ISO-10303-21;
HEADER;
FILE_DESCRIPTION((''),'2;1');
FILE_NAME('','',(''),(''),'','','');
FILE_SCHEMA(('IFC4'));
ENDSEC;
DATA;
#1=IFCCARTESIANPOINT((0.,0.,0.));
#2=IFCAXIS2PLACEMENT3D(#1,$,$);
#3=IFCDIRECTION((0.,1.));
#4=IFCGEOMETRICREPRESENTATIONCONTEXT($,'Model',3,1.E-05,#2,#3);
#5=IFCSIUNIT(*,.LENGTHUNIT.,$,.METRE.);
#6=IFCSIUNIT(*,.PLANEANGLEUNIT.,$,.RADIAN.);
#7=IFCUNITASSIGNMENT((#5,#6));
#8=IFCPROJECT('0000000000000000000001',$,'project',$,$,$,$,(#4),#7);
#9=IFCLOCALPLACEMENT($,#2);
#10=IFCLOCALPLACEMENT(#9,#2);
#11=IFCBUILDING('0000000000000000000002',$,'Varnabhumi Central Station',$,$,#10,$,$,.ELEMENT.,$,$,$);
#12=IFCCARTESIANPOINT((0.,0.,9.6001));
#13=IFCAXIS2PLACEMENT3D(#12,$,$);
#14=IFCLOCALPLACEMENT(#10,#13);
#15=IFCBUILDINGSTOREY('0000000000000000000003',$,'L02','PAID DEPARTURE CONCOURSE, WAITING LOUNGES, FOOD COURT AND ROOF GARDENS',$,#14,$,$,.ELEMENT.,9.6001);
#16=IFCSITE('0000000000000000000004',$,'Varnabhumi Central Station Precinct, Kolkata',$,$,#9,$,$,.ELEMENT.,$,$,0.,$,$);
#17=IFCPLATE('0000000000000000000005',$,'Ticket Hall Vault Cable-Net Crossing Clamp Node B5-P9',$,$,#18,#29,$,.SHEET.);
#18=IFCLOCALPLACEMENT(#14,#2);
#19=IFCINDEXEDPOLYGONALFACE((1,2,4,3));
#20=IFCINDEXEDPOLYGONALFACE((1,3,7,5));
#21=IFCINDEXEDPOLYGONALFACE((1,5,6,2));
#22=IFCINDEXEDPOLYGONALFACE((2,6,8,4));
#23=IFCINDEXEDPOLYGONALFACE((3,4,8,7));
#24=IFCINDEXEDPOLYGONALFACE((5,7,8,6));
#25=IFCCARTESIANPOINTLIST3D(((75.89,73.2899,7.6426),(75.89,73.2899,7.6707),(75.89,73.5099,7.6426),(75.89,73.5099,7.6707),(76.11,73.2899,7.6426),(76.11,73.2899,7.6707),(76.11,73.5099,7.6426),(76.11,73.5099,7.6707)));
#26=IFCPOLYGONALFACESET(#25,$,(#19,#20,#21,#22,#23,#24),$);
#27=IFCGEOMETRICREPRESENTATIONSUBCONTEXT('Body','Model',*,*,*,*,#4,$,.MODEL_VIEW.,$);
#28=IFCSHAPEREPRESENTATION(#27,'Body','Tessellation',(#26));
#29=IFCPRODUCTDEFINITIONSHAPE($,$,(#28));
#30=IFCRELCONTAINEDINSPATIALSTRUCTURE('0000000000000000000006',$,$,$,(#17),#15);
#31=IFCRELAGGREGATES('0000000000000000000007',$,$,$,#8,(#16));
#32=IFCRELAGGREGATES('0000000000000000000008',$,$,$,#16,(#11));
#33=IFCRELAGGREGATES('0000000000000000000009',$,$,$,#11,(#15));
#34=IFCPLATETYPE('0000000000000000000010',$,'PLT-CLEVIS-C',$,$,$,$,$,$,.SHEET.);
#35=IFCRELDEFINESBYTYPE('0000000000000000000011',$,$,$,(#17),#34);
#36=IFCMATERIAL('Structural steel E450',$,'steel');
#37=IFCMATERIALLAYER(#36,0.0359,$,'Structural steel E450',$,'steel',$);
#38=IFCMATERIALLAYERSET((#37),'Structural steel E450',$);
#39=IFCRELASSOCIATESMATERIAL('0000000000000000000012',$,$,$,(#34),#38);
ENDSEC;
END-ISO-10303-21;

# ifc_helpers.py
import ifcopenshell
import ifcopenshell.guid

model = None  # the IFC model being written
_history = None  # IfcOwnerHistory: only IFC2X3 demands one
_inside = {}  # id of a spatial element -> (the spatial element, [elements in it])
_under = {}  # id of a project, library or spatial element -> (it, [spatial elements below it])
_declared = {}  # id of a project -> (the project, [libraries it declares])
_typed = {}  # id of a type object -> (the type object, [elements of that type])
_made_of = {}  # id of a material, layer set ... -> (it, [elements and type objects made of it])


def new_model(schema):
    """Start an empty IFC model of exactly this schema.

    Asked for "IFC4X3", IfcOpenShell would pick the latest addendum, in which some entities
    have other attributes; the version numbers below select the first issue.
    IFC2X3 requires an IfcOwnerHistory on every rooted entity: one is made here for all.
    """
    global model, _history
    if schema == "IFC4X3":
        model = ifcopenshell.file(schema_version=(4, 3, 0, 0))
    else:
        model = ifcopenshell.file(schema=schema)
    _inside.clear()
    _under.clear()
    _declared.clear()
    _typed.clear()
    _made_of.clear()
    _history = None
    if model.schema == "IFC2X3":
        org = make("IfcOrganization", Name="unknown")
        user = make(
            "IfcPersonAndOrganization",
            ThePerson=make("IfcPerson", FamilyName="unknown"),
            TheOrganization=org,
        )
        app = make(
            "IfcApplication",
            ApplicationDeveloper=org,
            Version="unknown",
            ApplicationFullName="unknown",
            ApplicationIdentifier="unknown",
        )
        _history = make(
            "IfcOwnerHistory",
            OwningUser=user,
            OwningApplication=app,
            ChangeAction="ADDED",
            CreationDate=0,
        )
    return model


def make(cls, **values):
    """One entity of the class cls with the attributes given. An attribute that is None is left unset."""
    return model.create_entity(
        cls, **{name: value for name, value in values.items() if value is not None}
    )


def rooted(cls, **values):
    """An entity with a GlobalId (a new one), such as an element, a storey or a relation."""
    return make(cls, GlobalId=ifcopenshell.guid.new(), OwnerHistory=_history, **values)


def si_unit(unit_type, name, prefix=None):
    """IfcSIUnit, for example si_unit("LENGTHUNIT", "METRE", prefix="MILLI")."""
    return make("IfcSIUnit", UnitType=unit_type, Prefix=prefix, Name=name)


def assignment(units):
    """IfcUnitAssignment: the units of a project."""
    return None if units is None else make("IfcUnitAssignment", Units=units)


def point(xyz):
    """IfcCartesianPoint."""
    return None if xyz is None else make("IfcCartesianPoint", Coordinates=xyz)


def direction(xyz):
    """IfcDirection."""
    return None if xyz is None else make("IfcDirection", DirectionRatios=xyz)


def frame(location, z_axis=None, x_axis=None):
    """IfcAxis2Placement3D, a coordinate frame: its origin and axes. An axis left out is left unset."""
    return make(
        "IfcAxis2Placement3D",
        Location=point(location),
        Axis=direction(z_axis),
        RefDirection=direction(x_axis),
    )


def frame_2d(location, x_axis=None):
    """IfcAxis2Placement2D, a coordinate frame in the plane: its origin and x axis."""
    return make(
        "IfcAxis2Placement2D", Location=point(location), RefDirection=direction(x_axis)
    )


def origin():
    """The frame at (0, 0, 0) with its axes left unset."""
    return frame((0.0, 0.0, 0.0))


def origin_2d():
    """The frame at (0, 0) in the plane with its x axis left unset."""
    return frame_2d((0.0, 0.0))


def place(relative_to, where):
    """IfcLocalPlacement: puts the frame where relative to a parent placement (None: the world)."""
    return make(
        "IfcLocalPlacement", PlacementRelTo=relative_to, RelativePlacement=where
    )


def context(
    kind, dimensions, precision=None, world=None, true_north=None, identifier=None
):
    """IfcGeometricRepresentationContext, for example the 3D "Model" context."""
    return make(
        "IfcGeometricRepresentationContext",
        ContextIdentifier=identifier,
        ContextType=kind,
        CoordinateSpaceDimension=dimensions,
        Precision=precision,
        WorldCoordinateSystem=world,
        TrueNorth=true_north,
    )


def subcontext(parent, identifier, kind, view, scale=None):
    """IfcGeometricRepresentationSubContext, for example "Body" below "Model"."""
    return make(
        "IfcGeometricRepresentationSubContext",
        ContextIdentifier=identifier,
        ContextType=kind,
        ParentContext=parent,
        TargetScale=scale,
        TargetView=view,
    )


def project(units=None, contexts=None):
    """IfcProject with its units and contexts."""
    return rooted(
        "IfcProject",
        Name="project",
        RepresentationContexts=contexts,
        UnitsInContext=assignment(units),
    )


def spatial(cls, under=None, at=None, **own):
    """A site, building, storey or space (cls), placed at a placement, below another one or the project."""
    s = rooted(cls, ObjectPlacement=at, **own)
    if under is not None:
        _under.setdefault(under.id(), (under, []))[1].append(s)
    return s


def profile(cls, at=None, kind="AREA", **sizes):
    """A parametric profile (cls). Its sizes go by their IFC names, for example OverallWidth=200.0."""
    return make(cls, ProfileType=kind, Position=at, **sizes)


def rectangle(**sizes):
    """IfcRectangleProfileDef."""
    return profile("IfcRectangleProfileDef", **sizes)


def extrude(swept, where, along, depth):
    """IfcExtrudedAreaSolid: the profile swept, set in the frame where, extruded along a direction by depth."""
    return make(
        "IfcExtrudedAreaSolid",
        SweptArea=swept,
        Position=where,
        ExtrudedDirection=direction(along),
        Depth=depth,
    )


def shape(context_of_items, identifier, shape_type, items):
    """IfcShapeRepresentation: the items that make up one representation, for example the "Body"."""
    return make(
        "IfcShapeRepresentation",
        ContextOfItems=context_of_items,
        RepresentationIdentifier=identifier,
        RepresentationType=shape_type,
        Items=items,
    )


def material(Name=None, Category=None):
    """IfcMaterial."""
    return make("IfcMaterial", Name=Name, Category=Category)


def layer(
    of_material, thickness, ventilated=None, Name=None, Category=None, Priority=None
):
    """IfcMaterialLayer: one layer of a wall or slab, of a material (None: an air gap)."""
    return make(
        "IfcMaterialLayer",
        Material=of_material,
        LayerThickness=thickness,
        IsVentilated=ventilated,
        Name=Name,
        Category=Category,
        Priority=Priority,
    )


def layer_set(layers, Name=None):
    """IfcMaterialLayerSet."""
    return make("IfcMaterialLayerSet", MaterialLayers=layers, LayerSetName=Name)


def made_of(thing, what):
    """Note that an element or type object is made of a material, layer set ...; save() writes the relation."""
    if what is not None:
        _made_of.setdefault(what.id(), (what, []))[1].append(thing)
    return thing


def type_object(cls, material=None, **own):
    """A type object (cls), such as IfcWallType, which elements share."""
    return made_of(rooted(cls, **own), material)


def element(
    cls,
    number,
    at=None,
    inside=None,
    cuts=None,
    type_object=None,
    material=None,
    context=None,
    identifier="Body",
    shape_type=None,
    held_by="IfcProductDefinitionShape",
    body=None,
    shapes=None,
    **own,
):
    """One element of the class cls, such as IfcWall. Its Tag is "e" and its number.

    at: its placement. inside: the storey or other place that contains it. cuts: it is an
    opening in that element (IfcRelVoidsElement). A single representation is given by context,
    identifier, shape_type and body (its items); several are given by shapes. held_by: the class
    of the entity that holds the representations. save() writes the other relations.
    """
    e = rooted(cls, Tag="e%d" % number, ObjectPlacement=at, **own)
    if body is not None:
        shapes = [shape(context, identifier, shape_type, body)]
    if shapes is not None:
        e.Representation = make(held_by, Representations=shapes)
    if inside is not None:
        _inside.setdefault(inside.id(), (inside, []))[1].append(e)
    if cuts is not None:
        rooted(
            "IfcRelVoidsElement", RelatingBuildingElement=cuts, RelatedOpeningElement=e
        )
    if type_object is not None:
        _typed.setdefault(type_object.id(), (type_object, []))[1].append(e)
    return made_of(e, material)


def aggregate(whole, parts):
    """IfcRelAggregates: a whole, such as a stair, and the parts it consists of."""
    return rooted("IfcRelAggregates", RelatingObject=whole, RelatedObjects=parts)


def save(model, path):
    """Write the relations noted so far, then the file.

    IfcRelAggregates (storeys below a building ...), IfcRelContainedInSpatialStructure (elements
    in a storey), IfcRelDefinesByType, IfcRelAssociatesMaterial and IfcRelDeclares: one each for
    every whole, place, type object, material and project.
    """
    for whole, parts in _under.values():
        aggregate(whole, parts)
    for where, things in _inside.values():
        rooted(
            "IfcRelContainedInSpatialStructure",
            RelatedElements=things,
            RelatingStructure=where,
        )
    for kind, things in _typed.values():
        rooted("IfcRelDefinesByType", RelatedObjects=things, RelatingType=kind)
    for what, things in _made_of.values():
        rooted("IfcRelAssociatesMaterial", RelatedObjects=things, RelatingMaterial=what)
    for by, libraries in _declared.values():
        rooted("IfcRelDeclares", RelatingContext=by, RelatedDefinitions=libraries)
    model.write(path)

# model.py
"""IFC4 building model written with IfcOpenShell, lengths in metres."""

from ifc_helpers import new_model, si_unit, direction, frame, origin, origin_2d, place, context, subcontext, project, spatial, rectangle, extrude, material, layer, layer_set, type_object, element, save


model = new_model("IFC4")

# Units and contexts
model_context = context("Model", 3, precision=1e-05, world=origin(), true_north=direction((0.0, 1.0)))
body_context = subcontext(model_context, "Body", "Model", "MODEL_VIEW")
ifc_project = project(units=[si_unit("LENGTHUNIT", "METRE"), si_unit("PLANEANGLEUNIT", "RADIAN")], contexts=[model_context])

# Site, building, storey
site_placement = place(None, origin())
site = spatial("IfcSite", under=ifc_project, at=site_placement, Name="Varnabhumi Central Station Precinct, Kolkata", CompositionType="ELEMENT", RefElevation=0.0)
building_placement = place(site_placement, origin())
building = spatial("IfcBuilding", under=site, at=building_placement, Name="Varnabhumi Central Station", CompositionType="ELEMENT")
storey_placement = place(building_placement, frame((0.0, 0.0, 9.6001)))
storey = spatial("IfcBuildingStorey", under=building, at=storey_placement, Name="L02", Description="PAID DEPARTURE CONCOURSE, WAITING LOUNGES, FOOD COURT AND ROOF GARDENS", CompositionType="ELEMENT", Elevation=9.6001)

# Shared definitions
ifc_material_1 = material(Name="Structural steel E450", Category="steel")

# Plate
ifc_layer_1 = layer(ifc_material_1, 0.0359, Name="Structural steel E450", Category="steel")
ifc_layer_set_1 = layer_set([ifc_layer_1], Name="Structural steel E450")
plate_type_1 = type_object("IfcPlateType", Name="PLT-CLEVIS-C", PredefinedType="SHEET", material=ifc_layer_set_1)
plate_1_placement = place(storey_placement, frame((76.0, 73.3999, 7.6426), z_axis=(0.0, 0.0, 1.0), x_axis=(1.0, 0.0, 0.0)))
element("IfcPlate", 1, at=plate_1_placement, inside=storey, type_object=plate_type_1, Name="Ticket Hall Vault Cable-Net Crossing Clamp Node B5-P9", PredefinedType="SHEET", context=body_context, shape_type="SweptSolid", body=[
    extrude(rectangle(XDim=0.22, YDim=0.22, at=origin_2d()), origin(), (0.0, 0.0, 1.0), 0.0281),
])

save(model, "model.ifc")
